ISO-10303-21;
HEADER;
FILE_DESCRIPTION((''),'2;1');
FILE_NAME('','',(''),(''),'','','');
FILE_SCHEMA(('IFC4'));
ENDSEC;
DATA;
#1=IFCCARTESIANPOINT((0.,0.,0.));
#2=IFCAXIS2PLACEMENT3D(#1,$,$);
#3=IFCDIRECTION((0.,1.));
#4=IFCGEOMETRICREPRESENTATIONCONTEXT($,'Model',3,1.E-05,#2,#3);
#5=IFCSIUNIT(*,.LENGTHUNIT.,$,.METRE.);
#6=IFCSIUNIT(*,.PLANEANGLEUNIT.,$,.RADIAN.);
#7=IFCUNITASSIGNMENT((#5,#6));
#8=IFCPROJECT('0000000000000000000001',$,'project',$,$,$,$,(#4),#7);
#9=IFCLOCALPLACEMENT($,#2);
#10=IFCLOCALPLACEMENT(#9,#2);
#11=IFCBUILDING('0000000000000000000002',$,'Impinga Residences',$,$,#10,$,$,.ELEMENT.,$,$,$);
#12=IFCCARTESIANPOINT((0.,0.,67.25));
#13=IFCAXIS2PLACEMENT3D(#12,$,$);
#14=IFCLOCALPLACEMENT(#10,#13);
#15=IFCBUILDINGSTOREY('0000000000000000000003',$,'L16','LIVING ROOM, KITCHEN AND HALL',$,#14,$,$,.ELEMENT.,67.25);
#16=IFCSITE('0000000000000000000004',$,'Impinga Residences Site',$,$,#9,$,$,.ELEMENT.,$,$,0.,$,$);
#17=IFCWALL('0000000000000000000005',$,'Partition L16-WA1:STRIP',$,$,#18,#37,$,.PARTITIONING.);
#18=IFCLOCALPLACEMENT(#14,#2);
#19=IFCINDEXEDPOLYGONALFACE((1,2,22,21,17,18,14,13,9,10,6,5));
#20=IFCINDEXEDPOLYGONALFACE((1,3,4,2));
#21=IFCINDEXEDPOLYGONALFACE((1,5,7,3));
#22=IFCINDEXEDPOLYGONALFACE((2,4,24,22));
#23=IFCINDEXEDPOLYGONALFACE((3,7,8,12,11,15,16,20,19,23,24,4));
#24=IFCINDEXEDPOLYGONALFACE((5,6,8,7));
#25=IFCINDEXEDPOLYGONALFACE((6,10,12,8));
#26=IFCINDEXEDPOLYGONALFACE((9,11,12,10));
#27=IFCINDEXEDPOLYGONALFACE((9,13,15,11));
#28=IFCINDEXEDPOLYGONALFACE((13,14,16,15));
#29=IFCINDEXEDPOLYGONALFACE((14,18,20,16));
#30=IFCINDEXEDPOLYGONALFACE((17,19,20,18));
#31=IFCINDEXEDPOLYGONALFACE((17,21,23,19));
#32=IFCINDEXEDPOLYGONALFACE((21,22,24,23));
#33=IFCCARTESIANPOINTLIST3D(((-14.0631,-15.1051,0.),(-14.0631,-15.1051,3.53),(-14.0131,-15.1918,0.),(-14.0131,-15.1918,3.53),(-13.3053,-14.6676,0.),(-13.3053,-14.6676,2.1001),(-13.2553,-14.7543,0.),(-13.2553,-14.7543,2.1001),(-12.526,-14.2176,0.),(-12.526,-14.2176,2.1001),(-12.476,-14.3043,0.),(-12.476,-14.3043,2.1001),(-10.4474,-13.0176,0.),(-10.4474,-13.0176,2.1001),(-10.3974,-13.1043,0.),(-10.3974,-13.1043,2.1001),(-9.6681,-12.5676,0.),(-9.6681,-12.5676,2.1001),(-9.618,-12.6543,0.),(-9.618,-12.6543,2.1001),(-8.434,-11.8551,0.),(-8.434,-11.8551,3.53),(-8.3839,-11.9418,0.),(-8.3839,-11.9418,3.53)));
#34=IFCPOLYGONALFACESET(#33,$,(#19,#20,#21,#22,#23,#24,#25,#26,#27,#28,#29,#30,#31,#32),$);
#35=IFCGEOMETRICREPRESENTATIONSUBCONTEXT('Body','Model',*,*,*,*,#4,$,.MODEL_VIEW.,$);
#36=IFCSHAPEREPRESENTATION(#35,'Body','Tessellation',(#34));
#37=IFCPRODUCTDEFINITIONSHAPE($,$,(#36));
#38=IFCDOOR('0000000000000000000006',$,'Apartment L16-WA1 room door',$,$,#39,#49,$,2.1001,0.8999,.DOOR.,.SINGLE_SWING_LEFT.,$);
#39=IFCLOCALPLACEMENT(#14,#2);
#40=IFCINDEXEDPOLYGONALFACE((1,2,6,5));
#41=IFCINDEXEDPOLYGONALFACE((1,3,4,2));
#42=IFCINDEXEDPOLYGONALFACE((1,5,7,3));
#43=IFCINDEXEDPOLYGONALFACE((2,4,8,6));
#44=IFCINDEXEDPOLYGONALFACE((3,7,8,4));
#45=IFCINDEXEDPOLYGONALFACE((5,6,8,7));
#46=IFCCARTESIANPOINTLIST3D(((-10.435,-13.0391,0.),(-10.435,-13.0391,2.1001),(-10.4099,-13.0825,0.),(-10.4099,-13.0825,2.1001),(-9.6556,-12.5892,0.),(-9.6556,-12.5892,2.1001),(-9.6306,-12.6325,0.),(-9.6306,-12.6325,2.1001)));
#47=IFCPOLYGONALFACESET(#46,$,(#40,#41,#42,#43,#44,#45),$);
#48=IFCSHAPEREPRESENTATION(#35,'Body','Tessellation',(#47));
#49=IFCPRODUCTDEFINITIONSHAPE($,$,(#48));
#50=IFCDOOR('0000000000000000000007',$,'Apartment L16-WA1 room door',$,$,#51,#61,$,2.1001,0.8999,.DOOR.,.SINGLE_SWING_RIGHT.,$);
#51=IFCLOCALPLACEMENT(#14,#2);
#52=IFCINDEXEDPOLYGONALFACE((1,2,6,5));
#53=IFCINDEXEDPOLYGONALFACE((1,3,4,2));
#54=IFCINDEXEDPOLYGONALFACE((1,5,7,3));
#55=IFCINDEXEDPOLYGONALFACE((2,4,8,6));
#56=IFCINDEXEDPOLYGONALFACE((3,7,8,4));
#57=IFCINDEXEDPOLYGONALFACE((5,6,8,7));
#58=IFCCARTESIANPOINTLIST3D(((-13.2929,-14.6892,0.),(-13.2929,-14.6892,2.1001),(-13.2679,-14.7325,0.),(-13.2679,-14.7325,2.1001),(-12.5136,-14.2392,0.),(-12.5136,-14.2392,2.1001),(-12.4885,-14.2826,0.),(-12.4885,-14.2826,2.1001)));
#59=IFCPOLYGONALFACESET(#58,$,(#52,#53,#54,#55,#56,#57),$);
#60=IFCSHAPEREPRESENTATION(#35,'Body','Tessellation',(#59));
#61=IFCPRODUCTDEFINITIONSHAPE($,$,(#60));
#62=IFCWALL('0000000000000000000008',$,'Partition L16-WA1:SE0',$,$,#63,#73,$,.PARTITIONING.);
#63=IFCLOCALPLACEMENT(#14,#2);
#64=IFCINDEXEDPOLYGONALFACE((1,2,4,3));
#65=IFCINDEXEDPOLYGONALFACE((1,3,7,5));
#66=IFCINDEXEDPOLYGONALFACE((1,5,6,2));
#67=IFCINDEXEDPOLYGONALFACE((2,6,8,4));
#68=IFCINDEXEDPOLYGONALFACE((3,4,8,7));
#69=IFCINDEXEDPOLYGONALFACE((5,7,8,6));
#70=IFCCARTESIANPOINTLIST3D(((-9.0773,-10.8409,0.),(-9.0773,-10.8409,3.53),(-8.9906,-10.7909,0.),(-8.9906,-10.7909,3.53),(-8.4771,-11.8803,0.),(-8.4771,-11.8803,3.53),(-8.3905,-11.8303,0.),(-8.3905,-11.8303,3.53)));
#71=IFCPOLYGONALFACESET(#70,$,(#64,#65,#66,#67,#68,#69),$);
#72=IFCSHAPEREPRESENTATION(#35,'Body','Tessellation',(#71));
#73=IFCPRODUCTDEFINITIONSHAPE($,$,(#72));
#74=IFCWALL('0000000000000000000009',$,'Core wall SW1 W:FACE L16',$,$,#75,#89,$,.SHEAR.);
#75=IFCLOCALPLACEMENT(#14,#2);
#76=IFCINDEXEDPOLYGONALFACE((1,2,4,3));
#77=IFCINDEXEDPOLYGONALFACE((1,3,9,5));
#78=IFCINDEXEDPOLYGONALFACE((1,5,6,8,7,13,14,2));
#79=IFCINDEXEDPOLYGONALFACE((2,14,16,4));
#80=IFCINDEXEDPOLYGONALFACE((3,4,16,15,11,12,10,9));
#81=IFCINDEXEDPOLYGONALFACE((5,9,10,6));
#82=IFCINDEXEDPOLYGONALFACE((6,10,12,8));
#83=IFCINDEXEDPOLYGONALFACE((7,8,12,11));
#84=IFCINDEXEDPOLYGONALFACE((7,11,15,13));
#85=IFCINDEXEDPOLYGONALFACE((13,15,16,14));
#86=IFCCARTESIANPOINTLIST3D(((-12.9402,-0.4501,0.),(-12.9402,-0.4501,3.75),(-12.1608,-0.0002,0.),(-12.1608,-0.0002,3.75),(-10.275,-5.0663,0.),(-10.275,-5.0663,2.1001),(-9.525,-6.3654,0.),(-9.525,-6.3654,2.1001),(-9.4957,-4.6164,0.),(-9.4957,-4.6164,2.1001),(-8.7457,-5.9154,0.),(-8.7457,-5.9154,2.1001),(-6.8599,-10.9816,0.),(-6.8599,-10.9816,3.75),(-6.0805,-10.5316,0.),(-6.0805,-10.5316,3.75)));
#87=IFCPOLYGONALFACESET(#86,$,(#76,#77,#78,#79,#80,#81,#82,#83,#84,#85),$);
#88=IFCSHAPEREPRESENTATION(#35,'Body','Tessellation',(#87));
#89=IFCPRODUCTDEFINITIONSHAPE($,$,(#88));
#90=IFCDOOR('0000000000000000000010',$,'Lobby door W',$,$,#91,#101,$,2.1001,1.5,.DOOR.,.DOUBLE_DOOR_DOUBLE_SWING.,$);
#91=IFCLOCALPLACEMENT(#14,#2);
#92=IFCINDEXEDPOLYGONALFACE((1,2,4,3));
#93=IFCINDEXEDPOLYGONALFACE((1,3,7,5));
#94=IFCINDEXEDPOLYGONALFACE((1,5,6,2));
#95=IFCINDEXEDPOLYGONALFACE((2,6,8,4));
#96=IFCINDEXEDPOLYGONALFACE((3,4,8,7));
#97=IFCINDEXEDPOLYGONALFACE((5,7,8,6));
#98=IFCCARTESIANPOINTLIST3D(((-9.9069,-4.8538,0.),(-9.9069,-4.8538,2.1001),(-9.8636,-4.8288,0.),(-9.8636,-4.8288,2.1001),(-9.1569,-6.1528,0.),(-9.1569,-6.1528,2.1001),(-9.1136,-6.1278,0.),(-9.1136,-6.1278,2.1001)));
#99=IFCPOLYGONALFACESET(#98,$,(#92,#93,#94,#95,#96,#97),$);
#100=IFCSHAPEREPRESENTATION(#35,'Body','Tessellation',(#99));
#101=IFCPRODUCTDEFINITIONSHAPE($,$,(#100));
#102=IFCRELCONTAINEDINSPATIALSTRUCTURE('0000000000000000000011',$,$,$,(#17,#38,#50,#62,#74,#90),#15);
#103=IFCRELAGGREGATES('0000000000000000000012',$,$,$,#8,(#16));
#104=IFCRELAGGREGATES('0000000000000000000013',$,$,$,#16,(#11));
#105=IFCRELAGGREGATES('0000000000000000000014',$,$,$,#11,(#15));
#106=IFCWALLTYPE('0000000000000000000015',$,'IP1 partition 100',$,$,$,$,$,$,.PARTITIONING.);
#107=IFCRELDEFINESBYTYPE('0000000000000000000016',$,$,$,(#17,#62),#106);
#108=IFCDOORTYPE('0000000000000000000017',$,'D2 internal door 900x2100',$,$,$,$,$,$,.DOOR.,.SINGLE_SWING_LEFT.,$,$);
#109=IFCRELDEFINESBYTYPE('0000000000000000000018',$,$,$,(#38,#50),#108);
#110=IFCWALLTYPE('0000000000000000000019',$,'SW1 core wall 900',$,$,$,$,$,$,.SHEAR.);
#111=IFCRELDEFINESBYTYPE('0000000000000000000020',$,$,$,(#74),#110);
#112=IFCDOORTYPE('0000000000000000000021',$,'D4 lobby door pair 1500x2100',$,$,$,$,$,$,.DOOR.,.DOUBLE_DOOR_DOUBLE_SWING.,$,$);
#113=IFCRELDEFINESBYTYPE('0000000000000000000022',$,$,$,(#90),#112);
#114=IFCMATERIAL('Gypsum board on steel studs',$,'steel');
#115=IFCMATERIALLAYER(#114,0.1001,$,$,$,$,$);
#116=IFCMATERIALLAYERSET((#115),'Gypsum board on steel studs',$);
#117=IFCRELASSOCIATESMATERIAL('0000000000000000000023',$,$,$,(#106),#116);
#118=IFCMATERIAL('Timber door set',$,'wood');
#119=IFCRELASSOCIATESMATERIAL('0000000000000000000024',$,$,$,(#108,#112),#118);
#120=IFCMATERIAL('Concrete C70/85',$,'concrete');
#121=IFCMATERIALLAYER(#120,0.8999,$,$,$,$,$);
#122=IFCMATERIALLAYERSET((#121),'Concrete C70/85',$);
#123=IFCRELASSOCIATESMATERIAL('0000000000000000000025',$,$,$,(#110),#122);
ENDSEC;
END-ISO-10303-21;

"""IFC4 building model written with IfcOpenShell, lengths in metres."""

from ifc_helpers import new_model, si_unit, direction, frame, frame_2d, origin, place, context, subcontext, project, spatial, rectangle, extrude, material, layer, layer_set, type_object, element, fill, save


model = new_model("IFC4")

# Units and contexts
model_context = context("Model", 3, precision=1e-05, world=origin(), true_north=direction((0.0, 1.0)))
body_context = subcontext(model_context, "Body", "Model", "MODEL_VIEW")
ifc_project = project(units=[si_unit("LENGTHUNIT", "METRE"), si_unit("PLANEANGLEUNIT", "RADIAN")], contexts=[model_context])

# Site, building, storey
site_placement = place(None, origin())
site = spatial("IfcSite", under=ifc_project, at=site_placement, Name="Impinga Residences Site", CompositionType="ELEMENT", RefElevation=0.0)
building_placement = place(site_placement, origin())
building = spatial("IfcBuilding", under=site, at=building_placement, Name="Impinga Residences", CompositionType="ELEMENT")
storey_placement = place(building_placement, frame((0.0, 0.0, 67.25)))
storey = spatial("IfcBuildingStorey", under=building, at=storey_placement, Name="L16", Description="LIVING ROOM, KITCHEN AND HALL", CompositionType="ELEMENT", Elevation=67.25)

# Shared definitions
ifc_material_1 = material(Name="Concrete C70/85", Category="concrete")
ifc_material_2 = material(Name="Timber door set", Category="wood")

# Shared definitions
ifc_material_3 = material(Name="Gypsum board on steel studs", Category="steel")
ifc_layer_1 = layer(ifc_material_3, 0.1001)
ifc_layer_set_1 = layer_set([ifc_layer_1], Name="Gypsum board on steel studs")
wall_type_1 = type_object("IfcWallType", Name="IP1 partition 100", PredefinedType="PARTITIONING", material=ifc_layer_set_1)

# Wall, openings, doors
wall_1_placement = place(storey_placement, frame((-8.4089, -11.8984, 0.0), z_axis=(0.0, 0.0, 1.0), x_axis=(-0.866025, -0.500001, 0.0)))
wall_1 = element("IfcWall", 1, at=wall_1_placement, inside=storey, type_object=wall_type_1, Name="Partition L16-WA1:STRIP", PredefinedType="PARTITIONING", context=body_context, shape_type="SweptSolid", body=[
    extrude(rectangle(XDim=6.5, YDim=0.1001, at=frame_2d((3.25, 0.0))), origin(), (0.0, 0.0, 1.0), 3.53),
])
opening_1_placement = place(wall_1_placement, frame((1.425, 0.0, 0.0)))
opening_1 = element("IfcOpeningElement", 2, at=opening_1_placement, cuts=wall_1, PredefinedType="OPENING", context=body_context, shape_type="SweptSolid", body=[
    extrude(rectangle(XDim=0.8999, YDim=2.1001, at=frame_2d((0.45, 1.05))), frame((0.0, 0.0601, 0.0), z_axis=(0.0, -1.0, 0.0), x_axis=(1.0, 0.0, 0.0)), (0.0, 0.0, 1.0), 0.1201),
])
opening_2_placement = place(wall_1_placement, frame((4.7251, 0.0, 0.0)))
opening_2 = element("IfcOpeningElement", 3, at=opening_2_placement, cuts=wall_1, PredefinedType="OPENING", context=body_context, shape_type="SweptSolid", body=[
    extrude(rectangle(XDim=0.8999, YDim=2.1001, at=frame_2d((0.45, 1.05))), frame((0.0, 0.0601, 0.0), z_axis=(0.0, -1.0, 0.0), x_axis=(1.0, 0.0, 0.0)), (0.0, 0.0, 1.0), 0.1201),
])
door_type_1 = type_object("IfcDoorType", Name="D2 internal door 900x2100", OperationType="SINGLE_SWING_LEFT", PredefinedType="DOOR", material=ifc_material_2)
door_1_placement = place(opening_1_placement, origin())
door_1 = element("IfcDoor", 4, at=door_1_placement, inside=storey, type_object=door_type_1, Name="Apartment L16-WA1 room door", OperationType="SINGLE_SWING_LEFT", OverallHeight=2.1001, OverallWidth=0.8999, PredefinedType="DOOR", context=body_context, shape_type="SweptSolid", body=[
    extrude(rectangle(XDim=0.8999, YDim=2.1001, at=frame_2d((0.45, 1.05))), frame((0.0, 0.0249, 0.0), z_axis=(0.0, -1.0, 0.0), x_axis=(1.0, 0.0, 0.0)), (0.0, 0.0, 1.0), 0.05),
])
fill(opening_1, door_1)
door_2_placement = place(opening_2_placement, origin())
door_2 = element("IfcDoor", 5, at=door_2_placement, inside=storey, type_object=door_type_1, Name="Apartment L16-WA1 room door", OperationType="SINGLE_SWING_RIGHT", OverallHeight=2.1001, OverallWidth=0.8999, PredefinedType="DOOR", context=body_context, shape_type="SweptSolid", body=[
    extrude(rectangle(XDim=0.8999, YDim=2.1001, at=frame_2d((0.45, 1.05))), frame((0.0, 0.0249, 0.0), z_axis=(0.0, -1.0, 0.0), x_axis=(1.0, 0.0, 0.0)), (0.0, 0.0, 1.0), 0.05),
])
fill(opening_2, door_2)

# Wall
wall_2_placement = place(storey_placement, frame((-9.0339, -10.8159, 0.0), z_axis=(0.0, 0.0, 1.0), x_axis=(0.500034, -0.866006, 0.0)))
element("IfcWall", 6, at=wall_2_placement, inside=storey, type_object=wall_type_1, Name="Partition L16-WA1:SE0", PredefinedType="PARTITIONING", context=body_context, shape_type="SweptSolid", body=[
    extrude(rectangle(XDim=1.2002, YDim=0.1001, at=frame_2d((0.6001, 0.0))), origin(), (0.0, 0.0, 1.0), 3.53),
])

# Wall, opening, door
ifc_layer_2 = layer(ifc_material_1, 0.8999)
ifc_layer_set_2 = layer_set([ifc_layer_2], Name="Concrete C70/85")
wall_type_2 = type_object("IfcWallType", Name="SW1 core wall 900", PredefinedType="SHEAR", material=ifc_layer_set_2)
wall_3_placement = place(storey_placement, frame((-6.4702, -10.7566, 0.0), z_axis=(0.0, 0.0, 1.0), x_axis=(-0.499998, 0.866027, 0.0)))
wall_3 = element("IfcWall", 7, at=wall_3_placement, inside=storey, type_object=wall_type_2, Name="Core wall SW1 W:FACE L16", PredefinedType="SHEAR", context=body_context, shape_type="SweptSolid", body=[
    extrude(rectangle(XDim=12.1606, YDim=0.8999, at=frame_2d((6.0803, 0.0))), origin(), (0.0, 0.0, 1.0), 3.75),
])
opening_3_placement = place(wall_3_placement, frame((5.3303, 0.0, 0.0)))
opening_3 = element("IfcOpeningElement", 8, at=opening_3_placement, cuts=wall_3, PredefinedType="OPENING", context=body_context, shape_type="SweptSolid", body=[
    extrude(rectangle(XDim=1.5, YDim=2.1001, at=frame_2d((0.75, 1.05))), frame((0.0, 0.46, 0.0), z_axis=(0.0, -1.0, 0.0), x_axis=(1.0, 0.0, 0.0)), (0.0, 0.0, 1.0), 0.9199),
])
door_type_2 = type_object("IfcDoorType", Name="D4 lobby door pair 1500x2100", OperationType="DOUBLE_DOOR_DOUBLE_SWING", PredefinedType="DOOR", material=ifc_material_2)
door_3_placement = place(opening_3_placement, origin())
door_3 = element("IfcDoor", 9, at=door_3_placement, inside=storey, type_object=door_type_2, Name="Lobby door W", OperationType="DOUBLE_DOOR_DOUBLE_SWING", OverallHeight=2.1001, OverallWidth=1.5, PredefinedType="DOOR", context=body_context, shape_type="SweptSolid", body=[
    extrude(rectangle(XDim=1.5, YDim=2.1001, at=frame_2d((0.75, 1.05))), frame((0.0, 0.0249, 0.0), z_axis=(0.0, -1.0, 0.0), x_axis=(1.0, 0.0, 0.0)), (0.0, 0.0, 1.0), 0.05),
])
fill(opening_3, door_3)

save(model, "model.ifc")
